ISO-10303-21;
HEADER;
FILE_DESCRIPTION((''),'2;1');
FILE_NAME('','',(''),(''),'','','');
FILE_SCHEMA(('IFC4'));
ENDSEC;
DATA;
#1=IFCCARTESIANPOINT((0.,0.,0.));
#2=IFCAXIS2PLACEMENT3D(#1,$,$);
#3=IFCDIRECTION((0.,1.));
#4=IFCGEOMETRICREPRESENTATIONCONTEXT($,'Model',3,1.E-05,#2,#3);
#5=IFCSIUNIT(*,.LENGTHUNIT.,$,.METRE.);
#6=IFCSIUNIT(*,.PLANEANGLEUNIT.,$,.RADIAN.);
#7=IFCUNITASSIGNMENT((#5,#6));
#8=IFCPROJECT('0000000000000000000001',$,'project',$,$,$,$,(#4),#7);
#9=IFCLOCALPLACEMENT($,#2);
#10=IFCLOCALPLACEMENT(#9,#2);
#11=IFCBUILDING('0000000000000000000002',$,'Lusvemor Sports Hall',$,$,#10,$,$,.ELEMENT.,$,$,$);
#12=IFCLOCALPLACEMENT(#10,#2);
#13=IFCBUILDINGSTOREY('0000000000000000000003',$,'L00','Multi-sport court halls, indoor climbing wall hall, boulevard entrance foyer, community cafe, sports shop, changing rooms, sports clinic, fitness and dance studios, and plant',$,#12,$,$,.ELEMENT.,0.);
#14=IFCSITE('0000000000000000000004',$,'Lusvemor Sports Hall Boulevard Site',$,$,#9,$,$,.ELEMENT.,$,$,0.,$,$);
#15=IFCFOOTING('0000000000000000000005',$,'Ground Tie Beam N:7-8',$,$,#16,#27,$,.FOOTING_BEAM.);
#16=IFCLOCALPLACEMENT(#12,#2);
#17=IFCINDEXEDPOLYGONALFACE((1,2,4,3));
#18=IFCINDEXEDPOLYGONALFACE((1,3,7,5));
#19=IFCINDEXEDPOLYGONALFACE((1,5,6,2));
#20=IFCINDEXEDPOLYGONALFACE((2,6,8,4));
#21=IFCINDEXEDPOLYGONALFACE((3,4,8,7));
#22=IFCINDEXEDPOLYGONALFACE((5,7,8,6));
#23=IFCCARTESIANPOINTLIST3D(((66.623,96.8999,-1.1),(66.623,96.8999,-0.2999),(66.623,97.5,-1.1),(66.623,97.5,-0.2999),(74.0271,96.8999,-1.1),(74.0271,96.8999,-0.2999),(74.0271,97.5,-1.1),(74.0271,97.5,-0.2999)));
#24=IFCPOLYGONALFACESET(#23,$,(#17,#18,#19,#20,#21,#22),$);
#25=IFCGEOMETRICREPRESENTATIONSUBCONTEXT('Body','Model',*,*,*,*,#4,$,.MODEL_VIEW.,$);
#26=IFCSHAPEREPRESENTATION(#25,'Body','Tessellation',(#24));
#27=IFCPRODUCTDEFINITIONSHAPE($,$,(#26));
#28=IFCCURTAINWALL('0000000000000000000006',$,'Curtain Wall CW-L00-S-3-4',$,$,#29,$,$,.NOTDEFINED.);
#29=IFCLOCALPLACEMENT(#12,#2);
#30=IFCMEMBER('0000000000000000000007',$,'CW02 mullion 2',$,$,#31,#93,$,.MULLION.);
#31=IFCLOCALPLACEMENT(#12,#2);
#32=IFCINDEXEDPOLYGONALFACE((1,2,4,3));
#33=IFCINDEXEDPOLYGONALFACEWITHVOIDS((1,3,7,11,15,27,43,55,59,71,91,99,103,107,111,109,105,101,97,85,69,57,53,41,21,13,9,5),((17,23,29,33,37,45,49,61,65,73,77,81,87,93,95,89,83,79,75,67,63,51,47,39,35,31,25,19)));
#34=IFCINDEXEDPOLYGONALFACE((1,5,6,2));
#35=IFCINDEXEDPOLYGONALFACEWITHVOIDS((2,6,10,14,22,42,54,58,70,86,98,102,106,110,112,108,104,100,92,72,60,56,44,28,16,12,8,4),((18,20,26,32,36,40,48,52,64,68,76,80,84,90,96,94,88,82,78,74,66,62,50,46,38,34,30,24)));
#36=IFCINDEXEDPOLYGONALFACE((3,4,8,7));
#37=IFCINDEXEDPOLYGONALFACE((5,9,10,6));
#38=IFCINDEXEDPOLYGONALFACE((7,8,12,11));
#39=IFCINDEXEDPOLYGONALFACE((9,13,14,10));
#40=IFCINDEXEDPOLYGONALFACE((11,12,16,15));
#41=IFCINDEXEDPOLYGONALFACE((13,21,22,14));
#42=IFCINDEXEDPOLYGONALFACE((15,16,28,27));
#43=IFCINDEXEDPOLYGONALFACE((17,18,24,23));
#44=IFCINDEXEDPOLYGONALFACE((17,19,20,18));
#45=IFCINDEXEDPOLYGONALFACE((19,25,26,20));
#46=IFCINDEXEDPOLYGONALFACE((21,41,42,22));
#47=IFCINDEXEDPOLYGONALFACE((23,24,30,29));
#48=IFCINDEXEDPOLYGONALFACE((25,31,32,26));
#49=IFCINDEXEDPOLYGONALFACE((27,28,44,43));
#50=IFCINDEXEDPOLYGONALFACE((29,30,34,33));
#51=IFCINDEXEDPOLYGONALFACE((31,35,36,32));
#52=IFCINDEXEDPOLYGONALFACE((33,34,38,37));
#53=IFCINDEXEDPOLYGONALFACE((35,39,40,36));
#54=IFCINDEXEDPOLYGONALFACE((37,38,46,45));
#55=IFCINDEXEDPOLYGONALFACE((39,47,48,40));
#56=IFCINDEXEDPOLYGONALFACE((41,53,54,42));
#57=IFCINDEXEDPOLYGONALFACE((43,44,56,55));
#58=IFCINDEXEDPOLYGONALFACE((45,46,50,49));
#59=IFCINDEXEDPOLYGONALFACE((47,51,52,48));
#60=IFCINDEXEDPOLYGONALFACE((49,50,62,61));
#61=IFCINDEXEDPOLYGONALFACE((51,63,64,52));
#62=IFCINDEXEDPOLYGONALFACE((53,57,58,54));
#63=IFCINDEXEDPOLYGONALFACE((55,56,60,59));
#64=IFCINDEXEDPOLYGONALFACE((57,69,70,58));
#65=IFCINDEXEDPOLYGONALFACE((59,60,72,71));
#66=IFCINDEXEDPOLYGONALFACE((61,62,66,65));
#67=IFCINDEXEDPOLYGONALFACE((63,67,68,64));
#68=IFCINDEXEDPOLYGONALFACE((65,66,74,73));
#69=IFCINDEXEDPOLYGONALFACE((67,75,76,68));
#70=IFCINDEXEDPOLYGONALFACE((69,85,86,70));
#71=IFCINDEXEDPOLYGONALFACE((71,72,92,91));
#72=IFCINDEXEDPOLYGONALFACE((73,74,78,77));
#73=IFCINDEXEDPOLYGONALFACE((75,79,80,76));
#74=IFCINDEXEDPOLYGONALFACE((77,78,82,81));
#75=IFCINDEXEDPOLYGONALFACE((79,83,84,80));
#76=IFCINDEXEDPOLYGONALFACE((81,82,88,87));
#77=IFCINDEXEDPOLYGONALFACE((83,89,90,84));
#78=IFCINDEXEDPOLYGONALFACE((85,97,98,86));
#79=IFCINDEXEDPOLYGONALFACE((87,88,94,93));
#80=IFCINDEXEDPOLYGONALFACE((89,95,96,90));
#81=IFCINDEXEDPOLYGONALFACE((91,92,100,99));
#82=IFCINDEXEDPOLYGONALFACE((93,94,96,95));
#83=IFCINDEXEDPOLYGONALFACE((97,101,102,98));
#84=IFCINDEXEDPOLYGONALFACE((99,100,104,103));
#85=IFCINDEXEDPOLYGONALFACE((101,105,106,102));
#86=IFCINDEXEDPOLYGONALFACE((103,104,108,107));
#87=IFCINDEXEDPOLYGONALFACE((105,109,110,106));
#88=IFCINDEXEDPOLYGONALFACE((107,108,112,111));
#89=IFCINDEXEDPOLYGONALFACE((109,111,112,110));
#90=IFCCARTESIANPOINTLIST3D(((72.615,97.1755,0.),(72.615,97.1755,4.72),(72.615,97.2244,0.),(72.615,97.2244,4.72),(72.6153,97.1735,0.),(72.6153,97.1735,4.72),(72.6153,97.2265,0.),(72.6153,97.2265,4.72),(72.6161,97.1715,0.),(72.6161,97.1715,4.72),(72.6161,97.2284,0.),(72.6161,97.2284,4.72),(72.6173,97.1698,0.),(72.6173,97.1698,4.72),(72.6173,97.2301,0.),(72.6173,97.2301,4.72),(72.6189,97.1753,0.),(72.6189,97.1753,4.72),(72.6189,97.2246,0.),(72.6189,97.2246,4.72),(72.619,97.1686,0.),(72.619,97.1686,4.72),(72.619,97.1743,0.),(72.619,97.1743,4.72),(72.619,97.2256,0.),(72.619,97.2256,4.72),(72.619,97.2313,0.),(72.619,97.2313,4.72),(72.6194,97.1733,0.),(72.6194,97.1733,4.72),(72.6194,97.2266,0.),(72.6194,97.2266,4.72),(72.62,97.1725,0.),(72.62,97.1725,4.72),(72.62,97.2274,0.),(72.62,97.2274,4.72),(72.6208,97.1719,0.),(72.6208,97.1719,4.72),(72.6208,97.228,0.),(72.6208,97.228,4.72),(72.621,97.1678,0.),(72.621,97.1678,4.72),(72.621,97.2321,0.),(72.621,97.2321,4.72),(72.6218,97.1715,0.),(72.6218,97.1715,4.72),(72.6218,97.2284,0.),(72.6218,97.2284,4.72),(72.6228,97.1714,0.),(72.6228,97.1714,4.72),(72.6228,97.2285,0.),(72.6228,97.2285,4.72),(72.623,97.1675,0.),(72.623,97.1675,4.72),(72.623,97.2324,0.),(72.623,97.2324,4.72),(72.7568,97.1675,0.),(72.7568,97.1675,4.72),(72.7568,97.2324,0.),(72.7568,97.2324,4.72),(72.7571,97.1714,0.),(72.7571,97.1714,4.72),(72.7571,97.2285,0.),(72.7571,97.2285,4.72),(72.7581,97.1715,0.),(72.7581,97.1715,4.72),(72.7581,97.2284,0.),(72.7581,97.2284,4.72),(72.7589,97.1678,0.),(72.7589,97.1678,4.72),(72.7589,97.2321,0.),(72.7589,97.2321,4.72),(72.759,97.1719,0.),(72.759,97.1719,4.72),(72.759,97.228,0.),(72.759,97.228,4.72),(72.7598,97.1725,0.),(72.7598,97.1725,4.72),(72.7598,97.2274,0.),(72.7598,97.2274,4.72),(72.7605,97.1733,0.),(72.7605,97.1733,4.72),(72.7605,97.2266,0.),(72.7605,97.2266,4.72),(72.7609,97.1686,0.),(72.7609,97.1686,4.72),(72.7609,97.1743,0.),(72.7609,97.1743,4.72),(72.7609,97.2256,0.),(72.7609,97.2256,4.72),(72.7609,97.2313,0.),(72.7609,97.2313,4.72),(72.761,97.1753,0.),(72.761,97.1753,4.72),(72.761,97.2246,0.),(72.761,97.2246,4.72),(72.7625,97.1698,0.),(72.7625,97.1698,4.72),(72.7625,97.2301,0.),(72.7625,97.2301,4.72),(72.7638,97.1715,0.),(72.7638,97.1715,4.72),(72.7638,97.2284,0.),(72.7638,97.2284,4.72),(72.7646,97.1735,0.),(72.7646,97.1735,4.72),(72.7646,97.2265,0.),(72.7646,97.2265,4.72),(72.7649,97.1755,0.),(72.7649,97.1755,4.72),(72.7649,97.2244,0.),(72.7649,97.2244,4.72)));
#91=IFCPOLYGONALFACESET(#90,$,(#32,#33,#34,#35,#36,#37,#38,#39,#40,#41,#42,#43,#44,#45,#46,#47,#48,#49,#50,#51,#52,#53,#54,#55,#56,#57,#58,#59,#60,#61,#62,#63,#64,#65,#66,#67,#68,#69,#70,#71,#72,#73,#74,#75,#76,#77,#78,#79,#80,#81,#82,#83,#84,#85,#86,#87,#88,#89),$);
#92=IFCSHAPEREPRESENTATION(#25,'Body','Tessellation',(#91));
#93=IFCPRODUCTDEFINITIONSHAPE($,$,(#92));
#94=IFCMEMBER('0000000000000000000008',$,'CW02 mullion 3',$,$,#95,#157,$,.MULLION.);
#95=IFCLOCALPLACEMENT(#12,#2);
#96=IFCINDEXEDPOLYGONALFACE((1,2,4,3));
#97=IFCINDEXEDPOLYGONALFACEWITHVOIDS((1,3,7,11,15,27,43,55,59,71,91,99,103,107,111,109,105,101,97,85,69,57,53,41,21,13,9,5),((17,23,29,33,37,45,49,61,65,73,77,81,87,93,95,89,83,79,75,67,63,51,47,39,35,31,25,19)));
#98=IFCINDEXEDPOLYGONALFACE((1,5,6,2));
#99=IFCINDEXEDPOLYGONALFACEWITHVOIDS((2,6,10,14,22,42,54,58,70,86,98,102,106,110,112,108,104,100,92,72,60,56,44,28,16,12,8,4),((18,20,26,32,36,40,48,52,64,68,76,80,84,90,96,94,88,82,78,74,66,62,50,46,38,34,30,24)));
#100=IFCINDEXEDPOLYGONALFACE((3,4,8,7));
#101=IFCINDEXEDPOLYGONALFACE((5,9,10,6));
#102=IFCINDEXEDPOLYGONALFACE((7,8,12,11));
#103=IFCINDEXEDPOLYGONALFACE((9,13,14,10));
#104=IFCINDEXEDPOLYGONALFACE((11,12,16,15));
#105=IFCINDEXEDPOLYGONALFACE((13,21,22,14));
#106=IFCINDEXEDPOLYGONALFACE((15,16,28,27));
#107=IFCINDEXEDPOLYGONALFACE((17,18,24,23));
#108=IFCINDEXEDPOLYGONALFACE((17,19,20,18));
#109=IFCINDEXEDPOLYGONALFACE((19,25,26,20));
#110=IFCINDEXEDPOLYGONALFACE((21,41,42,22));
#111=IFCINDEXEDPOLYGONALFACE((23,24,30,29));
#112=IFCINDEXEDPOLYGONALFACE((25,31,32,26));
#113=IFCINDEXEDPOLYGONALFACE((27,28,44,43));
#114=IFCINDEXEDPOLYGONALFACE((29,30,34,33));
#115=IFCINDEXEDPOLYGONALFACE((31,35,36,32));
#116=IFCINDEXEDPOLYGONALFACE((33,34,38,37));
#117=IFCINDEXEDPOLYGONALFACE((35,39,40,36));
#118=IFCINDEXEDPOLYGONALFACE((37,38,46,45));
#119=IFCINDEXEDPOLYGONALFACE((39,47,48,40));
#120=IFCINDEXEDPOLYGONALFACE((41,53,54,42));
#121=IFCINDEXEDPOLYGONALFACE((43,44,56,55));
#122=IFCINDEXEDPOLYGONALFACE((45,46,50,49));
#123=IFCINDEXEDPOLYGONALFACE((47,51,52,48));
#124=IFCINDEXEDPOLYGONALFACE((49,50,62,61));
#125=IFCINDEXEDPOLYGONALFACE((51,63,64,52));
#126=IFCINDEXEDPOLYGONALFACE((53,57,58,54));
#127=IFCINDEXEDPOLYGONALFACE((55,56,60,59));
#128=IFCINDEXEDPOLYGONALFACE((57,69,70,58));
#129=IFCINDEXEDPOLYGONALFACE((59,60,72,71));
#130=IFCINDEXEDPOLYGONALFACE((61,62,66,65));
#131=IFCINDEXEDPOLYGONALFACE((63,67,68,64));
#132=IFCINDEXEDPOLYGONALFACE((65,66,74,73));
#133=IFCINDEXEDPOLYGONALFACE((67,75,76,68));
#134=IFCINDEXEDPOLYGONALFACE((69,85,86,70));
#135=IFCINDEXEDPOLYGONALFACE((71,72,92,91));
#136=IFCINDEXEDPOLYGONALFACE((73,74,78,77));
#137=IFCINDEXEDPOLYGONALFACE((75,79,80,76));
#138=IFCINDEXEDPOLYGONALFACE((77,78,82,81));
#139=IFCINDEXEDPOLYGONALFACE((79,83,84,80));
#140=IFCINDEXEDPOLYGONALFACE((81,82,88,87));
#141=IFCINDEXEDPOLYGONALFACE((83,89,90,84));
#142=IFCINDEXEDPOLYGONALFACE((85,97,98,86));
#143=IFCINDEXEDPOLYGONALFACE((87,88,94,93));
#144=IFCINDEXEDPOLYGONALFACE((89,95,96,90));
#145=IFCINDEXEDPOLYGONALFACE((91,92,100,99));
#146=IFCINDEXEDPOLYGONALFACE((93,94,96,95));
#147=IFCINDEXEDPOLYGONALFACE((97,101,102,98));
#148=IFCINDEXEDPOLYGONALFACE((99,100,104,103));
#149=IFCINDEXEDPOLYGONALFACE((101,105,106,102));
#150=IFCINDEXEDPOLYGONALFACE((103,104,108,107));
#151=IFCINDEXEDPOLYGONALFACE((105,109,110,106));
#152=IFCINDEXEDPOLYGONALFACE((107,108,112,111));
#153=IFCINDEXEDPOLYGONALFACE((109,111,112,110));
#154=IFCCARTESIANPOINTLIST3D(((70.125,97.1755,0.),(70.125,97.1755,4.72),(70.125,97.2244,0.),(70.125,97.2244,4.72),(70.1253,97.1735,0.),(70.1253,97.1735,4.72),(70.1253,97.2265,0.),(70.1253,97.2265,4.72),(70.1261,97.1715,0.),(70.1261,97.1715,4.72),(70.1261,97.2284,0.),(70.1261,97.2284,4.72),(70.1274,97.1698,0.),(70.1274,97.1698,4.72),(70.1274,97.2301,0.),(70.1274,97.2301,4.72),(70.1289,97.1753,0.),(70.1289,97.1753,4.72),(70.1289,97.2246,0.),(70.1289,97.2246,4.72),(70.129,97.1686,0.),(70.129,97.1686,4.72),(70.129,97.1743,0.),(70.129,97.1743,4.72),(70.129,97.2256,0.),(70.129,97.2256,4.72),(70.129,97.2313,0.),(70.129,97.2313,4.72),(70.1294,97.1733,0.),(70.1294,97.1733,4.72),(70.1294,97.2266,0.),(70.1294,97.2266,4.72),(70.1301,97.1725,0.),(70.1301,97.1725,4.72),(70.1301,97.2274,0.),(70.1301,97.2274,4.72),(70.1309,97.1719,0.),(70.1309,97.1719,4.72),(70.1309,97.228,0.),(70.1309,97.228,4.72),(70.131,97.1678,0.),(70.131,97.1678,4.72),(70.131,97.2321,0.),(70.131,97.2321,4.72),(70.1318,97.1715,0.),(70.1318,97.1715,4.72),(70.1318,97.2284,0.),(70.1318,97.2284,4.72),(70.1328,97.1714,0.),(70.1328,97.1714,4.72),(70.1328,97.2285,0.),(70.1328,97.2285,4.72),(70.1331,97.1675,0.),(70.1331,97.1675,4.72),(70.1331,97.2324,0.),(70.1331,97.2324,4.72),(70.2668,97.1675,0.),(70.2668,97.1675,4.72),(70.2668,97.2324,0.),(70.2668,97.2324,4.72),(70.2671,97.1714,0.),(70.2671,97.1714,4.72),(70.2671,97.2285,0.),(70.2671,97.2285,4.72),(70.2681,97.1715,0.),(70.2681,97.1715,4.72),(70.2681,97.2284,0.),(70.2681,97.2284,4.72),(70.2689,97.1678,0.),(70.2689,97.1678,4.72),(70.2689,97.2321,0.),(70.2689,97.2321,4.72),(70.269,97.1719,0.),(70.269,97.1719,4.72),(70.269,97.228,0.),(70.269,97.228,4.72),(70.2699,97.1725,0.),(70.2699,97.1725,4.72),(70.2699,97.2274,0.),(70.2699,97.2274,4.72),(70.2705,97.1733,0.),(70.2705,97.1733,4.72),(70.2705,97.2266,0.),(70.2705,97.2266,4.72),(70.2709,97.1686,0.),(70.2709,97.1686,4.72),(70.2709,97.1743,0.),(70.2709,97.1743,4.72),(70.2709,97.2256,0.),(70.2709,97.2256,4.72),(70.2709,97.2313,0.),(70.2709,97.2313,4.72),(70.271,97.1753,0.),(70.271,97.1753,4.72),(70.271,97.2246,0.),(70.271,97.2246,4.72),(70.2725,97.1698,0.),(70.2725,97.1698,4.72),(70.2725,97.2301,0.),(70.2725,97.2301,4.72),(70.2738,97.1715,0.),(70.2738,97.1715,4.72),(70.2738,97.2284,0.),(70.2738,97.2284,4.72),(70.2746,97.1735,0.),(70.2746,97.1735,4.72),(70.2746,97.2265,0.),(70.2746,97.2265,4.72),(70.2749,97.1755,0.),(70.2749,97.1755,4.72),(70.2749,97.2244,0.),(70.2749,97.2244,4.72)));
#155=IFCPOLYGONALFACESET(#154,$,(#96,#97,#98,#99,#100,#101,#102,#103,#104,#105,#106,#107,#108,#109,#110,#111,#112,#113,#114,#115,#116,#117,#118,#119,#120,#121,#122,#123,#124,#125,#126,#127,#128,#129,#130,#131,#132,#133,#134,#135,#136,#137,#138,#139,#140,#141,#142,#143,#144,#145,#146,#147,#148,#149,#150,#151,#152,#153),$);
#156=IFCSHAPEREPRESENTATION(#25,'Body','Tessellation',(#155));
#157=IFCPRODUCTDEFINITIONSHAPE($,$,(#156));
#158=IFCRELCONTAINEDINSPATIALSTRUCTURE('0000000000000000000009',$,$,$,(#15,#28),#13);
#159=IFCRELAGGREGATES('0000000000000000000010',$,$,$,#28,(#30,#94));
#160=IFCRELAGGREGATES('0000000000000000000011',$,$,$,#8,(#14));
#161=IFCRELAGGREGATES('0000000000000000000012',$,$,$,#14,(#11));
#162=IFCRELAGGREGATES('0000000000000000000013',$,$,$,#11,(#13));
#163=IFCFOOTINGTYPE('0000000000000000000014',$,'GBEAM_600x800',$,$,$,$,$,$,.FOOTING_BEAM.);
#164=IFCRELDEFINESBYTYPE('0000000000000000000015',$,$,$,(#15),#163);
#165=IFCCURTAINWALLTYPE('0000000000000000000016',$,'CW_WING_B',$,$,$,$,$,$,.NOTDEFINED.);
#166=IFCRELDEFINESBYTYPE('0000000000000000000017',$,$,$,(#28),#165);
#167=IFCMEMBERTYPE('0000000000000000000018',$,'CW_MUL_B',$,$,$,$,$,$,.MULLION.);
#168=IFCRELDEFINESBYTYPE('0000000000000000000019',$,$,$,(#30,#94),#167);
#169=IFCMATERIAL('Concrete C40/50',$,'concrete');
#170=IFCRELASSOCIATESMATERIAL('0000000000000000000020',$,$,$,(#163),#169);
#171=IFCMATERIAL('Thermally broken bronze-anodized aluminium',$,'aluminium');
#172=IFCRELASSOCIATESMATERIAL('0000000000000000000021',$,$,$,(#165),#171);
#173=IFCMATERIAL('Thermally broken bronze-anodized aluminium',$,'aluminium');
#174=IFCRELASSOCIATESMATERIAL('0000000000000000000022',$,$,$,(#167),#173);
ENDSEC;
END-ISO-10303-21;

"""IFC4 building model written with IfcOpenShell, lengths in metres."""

from ifc_helpers import new_model, si_unit, direction, frame, origin, origin_2d, place, context, subcontext, project, spatial, rectangle, hollow_rectangle, extrude, material, material_profile, profile_set, type_object, element, aggregate, save


model = new_model("IFC4")

# Units and contexts
model_context = context("Model", 3, precision=1e-05, world=origin(), true_north=direction((0.0, 1.0)))
body_context = subcontext(model_context, "Body", "Model", "MODEL_VIEW")
ifc_project = project(units=[si_unit("LENGTHUNIT", "METRE"), si_unit("PLANEANGLEUNIT", "RADIAN")], contexts=[model_context])

# Site, building, storey
site_placement = place(None, origin())
site = spatial("IfcSite", under=ifc_project, at=site_placement, Name="Lusvemor Sports Hall Boulevard Site", CompositionType="ELEMENT", RefElevation=0.0)
building_placement = place(site_placement, origin())
building = spatial("IfcBuilding", under=site, at=building_placement, Name="Lusvemor Sports Hall", CompositionType="ELEMENT")
storey_placement = place(building_placement, origin())
storey = spatial("IfcBuildingStorey", under=building, at=storey_placement, Name="L00", Description="Multi-sport court halls, indoor climbing wall hall, boulevard entrance foyer, community cafe, sports shop, changing rooms, sports clinic, fitness and dance studios, and plant", CompositionType="ELEMENT", Elevation=0.0)

# Footing
ifc_material_1 = material(Name="Concrete C40/50", Category="concrete")
ifc_material_profile_1 = material_profile(ifc_material_1, rectangle(XDim=0.6001, YDim=0.8, at=origin_2d()), Name="GB_600x800")
ifc_profile_set_1 = profile_set([ifc_material_profile_1], Name="Concrete C40/50")
footing_type = type_object("IfcFootingType", Name="GBEAM_600x800", PredefinedType="FOOTING_BEAM", material=ifc_profile_set_1)
footing_placement = place(storey_placement, frame((66.623, 97.2, -0.7), z_axis=(1.0, 0.0, 0.0), x_axis=(0.0, 1.0, 0.0)))
element("IfcFooting", 1, at=footing_placement, inside=storey, type_object=footing_type, Name="Ground Tie Beam N:7-8", PredefinedType="FOOTING_BEAM", context=body_context, shape_type="SweptSolid", body=[
    extrude(rectangle(XDim=0.6001, YDim=0.8, at=origin_2d()), origin(), (0.0, 0.0, 1.0), 7.4041),
])

# Curtain wall, members
ifc_material_2 = material(Name="Thermally broken bronze-anodized aluminium", Category="aluminium")
curtain_wall_type = type_object("IfcCurtainWallType", Name="CW_WING_B", PredefinedType="NOTDEFINED", material=ifc_material_2)
curtain_wall_placement = place(storey_placement, origin())
curtain_wall = element("IfcCurtainWall", 2, at=curtain_wall_placement, inside=storey, type_object=curtain_wall_type, Name="Curtain Wall CW-L00-S-3-4", PredefinedType="NOTDEFINED")
ifc_material_3 = material(Name="Thermally broken bronze-anodized aluminium", Category="aluminium")
ifc_material_profile_2 = material_profile(ifc_material_3, hollow_rectangle(XDim=0.0649, YDim=0.1499, WallThickness=0.0039, InnerFilletRadius=0.0039, OuterFilletRadius=0.0081, at=origin_2d()), Name="CWMUL150x65x4")
ifc_profile_set_2 = profile_set([ifc_material_profile_2], Name="Thermally broken bronze-anodized aluminium")
member_type_1 = type_object("IfcMemberType", Name="CW_MUL_B", PredefinedType="MULLION", material=ifc_profile_set_2)
member_1_placement = place(storey_placement, frame((72.6899, 97.2, 0.0), z_axis=(0.0, 0.0, 1.0), x_axis=(0.0, -1.0, 0.0)))
member_1 = element("IfcMember", 3, at=member_1_placement, type_object=member_type_1, Name="CW02 mullion 2", PredefinedType="MULLION", context=body_context, shape_type="SweptSolid", body=[
    extrude(hollow_rectangle(XDim=0.0649, YDim=0.1499, WallThickness=0.0039, InnerFilletRadius=0.0039, OuterFilletRadius=0.0081, at=origin_2d()), origin(), (0.0, 0.0, 1.0), 4.72),
])
member_2_placement = place(storey_placement, frame((70.2, 97.2, 0.0), z_axis=(0.0, 0.0, 1.0), x_axis=(0.0, -1.0, 0.0)))
member_2 = element("IfcMember", 4, at=member_2_placement, type_object=member_type_1, Name="CW02 mullion 3", PredefinedType="MULLION", context=body_context, shape_type="SweptSolid", body=[
    extrude(hollow_rectangle(XDim=0.0649, YDim=0.1499, WallThickness=0.0039, InnerFilletRadius=0.0039, OuterFilletRadius=0.0081, at=origin_2d()), origin(), (0.0, 0.0, 1.0), 4.72),
])
aggregate(curtain_wall, [member_1, member_2])

save(model, "model.ifc")
